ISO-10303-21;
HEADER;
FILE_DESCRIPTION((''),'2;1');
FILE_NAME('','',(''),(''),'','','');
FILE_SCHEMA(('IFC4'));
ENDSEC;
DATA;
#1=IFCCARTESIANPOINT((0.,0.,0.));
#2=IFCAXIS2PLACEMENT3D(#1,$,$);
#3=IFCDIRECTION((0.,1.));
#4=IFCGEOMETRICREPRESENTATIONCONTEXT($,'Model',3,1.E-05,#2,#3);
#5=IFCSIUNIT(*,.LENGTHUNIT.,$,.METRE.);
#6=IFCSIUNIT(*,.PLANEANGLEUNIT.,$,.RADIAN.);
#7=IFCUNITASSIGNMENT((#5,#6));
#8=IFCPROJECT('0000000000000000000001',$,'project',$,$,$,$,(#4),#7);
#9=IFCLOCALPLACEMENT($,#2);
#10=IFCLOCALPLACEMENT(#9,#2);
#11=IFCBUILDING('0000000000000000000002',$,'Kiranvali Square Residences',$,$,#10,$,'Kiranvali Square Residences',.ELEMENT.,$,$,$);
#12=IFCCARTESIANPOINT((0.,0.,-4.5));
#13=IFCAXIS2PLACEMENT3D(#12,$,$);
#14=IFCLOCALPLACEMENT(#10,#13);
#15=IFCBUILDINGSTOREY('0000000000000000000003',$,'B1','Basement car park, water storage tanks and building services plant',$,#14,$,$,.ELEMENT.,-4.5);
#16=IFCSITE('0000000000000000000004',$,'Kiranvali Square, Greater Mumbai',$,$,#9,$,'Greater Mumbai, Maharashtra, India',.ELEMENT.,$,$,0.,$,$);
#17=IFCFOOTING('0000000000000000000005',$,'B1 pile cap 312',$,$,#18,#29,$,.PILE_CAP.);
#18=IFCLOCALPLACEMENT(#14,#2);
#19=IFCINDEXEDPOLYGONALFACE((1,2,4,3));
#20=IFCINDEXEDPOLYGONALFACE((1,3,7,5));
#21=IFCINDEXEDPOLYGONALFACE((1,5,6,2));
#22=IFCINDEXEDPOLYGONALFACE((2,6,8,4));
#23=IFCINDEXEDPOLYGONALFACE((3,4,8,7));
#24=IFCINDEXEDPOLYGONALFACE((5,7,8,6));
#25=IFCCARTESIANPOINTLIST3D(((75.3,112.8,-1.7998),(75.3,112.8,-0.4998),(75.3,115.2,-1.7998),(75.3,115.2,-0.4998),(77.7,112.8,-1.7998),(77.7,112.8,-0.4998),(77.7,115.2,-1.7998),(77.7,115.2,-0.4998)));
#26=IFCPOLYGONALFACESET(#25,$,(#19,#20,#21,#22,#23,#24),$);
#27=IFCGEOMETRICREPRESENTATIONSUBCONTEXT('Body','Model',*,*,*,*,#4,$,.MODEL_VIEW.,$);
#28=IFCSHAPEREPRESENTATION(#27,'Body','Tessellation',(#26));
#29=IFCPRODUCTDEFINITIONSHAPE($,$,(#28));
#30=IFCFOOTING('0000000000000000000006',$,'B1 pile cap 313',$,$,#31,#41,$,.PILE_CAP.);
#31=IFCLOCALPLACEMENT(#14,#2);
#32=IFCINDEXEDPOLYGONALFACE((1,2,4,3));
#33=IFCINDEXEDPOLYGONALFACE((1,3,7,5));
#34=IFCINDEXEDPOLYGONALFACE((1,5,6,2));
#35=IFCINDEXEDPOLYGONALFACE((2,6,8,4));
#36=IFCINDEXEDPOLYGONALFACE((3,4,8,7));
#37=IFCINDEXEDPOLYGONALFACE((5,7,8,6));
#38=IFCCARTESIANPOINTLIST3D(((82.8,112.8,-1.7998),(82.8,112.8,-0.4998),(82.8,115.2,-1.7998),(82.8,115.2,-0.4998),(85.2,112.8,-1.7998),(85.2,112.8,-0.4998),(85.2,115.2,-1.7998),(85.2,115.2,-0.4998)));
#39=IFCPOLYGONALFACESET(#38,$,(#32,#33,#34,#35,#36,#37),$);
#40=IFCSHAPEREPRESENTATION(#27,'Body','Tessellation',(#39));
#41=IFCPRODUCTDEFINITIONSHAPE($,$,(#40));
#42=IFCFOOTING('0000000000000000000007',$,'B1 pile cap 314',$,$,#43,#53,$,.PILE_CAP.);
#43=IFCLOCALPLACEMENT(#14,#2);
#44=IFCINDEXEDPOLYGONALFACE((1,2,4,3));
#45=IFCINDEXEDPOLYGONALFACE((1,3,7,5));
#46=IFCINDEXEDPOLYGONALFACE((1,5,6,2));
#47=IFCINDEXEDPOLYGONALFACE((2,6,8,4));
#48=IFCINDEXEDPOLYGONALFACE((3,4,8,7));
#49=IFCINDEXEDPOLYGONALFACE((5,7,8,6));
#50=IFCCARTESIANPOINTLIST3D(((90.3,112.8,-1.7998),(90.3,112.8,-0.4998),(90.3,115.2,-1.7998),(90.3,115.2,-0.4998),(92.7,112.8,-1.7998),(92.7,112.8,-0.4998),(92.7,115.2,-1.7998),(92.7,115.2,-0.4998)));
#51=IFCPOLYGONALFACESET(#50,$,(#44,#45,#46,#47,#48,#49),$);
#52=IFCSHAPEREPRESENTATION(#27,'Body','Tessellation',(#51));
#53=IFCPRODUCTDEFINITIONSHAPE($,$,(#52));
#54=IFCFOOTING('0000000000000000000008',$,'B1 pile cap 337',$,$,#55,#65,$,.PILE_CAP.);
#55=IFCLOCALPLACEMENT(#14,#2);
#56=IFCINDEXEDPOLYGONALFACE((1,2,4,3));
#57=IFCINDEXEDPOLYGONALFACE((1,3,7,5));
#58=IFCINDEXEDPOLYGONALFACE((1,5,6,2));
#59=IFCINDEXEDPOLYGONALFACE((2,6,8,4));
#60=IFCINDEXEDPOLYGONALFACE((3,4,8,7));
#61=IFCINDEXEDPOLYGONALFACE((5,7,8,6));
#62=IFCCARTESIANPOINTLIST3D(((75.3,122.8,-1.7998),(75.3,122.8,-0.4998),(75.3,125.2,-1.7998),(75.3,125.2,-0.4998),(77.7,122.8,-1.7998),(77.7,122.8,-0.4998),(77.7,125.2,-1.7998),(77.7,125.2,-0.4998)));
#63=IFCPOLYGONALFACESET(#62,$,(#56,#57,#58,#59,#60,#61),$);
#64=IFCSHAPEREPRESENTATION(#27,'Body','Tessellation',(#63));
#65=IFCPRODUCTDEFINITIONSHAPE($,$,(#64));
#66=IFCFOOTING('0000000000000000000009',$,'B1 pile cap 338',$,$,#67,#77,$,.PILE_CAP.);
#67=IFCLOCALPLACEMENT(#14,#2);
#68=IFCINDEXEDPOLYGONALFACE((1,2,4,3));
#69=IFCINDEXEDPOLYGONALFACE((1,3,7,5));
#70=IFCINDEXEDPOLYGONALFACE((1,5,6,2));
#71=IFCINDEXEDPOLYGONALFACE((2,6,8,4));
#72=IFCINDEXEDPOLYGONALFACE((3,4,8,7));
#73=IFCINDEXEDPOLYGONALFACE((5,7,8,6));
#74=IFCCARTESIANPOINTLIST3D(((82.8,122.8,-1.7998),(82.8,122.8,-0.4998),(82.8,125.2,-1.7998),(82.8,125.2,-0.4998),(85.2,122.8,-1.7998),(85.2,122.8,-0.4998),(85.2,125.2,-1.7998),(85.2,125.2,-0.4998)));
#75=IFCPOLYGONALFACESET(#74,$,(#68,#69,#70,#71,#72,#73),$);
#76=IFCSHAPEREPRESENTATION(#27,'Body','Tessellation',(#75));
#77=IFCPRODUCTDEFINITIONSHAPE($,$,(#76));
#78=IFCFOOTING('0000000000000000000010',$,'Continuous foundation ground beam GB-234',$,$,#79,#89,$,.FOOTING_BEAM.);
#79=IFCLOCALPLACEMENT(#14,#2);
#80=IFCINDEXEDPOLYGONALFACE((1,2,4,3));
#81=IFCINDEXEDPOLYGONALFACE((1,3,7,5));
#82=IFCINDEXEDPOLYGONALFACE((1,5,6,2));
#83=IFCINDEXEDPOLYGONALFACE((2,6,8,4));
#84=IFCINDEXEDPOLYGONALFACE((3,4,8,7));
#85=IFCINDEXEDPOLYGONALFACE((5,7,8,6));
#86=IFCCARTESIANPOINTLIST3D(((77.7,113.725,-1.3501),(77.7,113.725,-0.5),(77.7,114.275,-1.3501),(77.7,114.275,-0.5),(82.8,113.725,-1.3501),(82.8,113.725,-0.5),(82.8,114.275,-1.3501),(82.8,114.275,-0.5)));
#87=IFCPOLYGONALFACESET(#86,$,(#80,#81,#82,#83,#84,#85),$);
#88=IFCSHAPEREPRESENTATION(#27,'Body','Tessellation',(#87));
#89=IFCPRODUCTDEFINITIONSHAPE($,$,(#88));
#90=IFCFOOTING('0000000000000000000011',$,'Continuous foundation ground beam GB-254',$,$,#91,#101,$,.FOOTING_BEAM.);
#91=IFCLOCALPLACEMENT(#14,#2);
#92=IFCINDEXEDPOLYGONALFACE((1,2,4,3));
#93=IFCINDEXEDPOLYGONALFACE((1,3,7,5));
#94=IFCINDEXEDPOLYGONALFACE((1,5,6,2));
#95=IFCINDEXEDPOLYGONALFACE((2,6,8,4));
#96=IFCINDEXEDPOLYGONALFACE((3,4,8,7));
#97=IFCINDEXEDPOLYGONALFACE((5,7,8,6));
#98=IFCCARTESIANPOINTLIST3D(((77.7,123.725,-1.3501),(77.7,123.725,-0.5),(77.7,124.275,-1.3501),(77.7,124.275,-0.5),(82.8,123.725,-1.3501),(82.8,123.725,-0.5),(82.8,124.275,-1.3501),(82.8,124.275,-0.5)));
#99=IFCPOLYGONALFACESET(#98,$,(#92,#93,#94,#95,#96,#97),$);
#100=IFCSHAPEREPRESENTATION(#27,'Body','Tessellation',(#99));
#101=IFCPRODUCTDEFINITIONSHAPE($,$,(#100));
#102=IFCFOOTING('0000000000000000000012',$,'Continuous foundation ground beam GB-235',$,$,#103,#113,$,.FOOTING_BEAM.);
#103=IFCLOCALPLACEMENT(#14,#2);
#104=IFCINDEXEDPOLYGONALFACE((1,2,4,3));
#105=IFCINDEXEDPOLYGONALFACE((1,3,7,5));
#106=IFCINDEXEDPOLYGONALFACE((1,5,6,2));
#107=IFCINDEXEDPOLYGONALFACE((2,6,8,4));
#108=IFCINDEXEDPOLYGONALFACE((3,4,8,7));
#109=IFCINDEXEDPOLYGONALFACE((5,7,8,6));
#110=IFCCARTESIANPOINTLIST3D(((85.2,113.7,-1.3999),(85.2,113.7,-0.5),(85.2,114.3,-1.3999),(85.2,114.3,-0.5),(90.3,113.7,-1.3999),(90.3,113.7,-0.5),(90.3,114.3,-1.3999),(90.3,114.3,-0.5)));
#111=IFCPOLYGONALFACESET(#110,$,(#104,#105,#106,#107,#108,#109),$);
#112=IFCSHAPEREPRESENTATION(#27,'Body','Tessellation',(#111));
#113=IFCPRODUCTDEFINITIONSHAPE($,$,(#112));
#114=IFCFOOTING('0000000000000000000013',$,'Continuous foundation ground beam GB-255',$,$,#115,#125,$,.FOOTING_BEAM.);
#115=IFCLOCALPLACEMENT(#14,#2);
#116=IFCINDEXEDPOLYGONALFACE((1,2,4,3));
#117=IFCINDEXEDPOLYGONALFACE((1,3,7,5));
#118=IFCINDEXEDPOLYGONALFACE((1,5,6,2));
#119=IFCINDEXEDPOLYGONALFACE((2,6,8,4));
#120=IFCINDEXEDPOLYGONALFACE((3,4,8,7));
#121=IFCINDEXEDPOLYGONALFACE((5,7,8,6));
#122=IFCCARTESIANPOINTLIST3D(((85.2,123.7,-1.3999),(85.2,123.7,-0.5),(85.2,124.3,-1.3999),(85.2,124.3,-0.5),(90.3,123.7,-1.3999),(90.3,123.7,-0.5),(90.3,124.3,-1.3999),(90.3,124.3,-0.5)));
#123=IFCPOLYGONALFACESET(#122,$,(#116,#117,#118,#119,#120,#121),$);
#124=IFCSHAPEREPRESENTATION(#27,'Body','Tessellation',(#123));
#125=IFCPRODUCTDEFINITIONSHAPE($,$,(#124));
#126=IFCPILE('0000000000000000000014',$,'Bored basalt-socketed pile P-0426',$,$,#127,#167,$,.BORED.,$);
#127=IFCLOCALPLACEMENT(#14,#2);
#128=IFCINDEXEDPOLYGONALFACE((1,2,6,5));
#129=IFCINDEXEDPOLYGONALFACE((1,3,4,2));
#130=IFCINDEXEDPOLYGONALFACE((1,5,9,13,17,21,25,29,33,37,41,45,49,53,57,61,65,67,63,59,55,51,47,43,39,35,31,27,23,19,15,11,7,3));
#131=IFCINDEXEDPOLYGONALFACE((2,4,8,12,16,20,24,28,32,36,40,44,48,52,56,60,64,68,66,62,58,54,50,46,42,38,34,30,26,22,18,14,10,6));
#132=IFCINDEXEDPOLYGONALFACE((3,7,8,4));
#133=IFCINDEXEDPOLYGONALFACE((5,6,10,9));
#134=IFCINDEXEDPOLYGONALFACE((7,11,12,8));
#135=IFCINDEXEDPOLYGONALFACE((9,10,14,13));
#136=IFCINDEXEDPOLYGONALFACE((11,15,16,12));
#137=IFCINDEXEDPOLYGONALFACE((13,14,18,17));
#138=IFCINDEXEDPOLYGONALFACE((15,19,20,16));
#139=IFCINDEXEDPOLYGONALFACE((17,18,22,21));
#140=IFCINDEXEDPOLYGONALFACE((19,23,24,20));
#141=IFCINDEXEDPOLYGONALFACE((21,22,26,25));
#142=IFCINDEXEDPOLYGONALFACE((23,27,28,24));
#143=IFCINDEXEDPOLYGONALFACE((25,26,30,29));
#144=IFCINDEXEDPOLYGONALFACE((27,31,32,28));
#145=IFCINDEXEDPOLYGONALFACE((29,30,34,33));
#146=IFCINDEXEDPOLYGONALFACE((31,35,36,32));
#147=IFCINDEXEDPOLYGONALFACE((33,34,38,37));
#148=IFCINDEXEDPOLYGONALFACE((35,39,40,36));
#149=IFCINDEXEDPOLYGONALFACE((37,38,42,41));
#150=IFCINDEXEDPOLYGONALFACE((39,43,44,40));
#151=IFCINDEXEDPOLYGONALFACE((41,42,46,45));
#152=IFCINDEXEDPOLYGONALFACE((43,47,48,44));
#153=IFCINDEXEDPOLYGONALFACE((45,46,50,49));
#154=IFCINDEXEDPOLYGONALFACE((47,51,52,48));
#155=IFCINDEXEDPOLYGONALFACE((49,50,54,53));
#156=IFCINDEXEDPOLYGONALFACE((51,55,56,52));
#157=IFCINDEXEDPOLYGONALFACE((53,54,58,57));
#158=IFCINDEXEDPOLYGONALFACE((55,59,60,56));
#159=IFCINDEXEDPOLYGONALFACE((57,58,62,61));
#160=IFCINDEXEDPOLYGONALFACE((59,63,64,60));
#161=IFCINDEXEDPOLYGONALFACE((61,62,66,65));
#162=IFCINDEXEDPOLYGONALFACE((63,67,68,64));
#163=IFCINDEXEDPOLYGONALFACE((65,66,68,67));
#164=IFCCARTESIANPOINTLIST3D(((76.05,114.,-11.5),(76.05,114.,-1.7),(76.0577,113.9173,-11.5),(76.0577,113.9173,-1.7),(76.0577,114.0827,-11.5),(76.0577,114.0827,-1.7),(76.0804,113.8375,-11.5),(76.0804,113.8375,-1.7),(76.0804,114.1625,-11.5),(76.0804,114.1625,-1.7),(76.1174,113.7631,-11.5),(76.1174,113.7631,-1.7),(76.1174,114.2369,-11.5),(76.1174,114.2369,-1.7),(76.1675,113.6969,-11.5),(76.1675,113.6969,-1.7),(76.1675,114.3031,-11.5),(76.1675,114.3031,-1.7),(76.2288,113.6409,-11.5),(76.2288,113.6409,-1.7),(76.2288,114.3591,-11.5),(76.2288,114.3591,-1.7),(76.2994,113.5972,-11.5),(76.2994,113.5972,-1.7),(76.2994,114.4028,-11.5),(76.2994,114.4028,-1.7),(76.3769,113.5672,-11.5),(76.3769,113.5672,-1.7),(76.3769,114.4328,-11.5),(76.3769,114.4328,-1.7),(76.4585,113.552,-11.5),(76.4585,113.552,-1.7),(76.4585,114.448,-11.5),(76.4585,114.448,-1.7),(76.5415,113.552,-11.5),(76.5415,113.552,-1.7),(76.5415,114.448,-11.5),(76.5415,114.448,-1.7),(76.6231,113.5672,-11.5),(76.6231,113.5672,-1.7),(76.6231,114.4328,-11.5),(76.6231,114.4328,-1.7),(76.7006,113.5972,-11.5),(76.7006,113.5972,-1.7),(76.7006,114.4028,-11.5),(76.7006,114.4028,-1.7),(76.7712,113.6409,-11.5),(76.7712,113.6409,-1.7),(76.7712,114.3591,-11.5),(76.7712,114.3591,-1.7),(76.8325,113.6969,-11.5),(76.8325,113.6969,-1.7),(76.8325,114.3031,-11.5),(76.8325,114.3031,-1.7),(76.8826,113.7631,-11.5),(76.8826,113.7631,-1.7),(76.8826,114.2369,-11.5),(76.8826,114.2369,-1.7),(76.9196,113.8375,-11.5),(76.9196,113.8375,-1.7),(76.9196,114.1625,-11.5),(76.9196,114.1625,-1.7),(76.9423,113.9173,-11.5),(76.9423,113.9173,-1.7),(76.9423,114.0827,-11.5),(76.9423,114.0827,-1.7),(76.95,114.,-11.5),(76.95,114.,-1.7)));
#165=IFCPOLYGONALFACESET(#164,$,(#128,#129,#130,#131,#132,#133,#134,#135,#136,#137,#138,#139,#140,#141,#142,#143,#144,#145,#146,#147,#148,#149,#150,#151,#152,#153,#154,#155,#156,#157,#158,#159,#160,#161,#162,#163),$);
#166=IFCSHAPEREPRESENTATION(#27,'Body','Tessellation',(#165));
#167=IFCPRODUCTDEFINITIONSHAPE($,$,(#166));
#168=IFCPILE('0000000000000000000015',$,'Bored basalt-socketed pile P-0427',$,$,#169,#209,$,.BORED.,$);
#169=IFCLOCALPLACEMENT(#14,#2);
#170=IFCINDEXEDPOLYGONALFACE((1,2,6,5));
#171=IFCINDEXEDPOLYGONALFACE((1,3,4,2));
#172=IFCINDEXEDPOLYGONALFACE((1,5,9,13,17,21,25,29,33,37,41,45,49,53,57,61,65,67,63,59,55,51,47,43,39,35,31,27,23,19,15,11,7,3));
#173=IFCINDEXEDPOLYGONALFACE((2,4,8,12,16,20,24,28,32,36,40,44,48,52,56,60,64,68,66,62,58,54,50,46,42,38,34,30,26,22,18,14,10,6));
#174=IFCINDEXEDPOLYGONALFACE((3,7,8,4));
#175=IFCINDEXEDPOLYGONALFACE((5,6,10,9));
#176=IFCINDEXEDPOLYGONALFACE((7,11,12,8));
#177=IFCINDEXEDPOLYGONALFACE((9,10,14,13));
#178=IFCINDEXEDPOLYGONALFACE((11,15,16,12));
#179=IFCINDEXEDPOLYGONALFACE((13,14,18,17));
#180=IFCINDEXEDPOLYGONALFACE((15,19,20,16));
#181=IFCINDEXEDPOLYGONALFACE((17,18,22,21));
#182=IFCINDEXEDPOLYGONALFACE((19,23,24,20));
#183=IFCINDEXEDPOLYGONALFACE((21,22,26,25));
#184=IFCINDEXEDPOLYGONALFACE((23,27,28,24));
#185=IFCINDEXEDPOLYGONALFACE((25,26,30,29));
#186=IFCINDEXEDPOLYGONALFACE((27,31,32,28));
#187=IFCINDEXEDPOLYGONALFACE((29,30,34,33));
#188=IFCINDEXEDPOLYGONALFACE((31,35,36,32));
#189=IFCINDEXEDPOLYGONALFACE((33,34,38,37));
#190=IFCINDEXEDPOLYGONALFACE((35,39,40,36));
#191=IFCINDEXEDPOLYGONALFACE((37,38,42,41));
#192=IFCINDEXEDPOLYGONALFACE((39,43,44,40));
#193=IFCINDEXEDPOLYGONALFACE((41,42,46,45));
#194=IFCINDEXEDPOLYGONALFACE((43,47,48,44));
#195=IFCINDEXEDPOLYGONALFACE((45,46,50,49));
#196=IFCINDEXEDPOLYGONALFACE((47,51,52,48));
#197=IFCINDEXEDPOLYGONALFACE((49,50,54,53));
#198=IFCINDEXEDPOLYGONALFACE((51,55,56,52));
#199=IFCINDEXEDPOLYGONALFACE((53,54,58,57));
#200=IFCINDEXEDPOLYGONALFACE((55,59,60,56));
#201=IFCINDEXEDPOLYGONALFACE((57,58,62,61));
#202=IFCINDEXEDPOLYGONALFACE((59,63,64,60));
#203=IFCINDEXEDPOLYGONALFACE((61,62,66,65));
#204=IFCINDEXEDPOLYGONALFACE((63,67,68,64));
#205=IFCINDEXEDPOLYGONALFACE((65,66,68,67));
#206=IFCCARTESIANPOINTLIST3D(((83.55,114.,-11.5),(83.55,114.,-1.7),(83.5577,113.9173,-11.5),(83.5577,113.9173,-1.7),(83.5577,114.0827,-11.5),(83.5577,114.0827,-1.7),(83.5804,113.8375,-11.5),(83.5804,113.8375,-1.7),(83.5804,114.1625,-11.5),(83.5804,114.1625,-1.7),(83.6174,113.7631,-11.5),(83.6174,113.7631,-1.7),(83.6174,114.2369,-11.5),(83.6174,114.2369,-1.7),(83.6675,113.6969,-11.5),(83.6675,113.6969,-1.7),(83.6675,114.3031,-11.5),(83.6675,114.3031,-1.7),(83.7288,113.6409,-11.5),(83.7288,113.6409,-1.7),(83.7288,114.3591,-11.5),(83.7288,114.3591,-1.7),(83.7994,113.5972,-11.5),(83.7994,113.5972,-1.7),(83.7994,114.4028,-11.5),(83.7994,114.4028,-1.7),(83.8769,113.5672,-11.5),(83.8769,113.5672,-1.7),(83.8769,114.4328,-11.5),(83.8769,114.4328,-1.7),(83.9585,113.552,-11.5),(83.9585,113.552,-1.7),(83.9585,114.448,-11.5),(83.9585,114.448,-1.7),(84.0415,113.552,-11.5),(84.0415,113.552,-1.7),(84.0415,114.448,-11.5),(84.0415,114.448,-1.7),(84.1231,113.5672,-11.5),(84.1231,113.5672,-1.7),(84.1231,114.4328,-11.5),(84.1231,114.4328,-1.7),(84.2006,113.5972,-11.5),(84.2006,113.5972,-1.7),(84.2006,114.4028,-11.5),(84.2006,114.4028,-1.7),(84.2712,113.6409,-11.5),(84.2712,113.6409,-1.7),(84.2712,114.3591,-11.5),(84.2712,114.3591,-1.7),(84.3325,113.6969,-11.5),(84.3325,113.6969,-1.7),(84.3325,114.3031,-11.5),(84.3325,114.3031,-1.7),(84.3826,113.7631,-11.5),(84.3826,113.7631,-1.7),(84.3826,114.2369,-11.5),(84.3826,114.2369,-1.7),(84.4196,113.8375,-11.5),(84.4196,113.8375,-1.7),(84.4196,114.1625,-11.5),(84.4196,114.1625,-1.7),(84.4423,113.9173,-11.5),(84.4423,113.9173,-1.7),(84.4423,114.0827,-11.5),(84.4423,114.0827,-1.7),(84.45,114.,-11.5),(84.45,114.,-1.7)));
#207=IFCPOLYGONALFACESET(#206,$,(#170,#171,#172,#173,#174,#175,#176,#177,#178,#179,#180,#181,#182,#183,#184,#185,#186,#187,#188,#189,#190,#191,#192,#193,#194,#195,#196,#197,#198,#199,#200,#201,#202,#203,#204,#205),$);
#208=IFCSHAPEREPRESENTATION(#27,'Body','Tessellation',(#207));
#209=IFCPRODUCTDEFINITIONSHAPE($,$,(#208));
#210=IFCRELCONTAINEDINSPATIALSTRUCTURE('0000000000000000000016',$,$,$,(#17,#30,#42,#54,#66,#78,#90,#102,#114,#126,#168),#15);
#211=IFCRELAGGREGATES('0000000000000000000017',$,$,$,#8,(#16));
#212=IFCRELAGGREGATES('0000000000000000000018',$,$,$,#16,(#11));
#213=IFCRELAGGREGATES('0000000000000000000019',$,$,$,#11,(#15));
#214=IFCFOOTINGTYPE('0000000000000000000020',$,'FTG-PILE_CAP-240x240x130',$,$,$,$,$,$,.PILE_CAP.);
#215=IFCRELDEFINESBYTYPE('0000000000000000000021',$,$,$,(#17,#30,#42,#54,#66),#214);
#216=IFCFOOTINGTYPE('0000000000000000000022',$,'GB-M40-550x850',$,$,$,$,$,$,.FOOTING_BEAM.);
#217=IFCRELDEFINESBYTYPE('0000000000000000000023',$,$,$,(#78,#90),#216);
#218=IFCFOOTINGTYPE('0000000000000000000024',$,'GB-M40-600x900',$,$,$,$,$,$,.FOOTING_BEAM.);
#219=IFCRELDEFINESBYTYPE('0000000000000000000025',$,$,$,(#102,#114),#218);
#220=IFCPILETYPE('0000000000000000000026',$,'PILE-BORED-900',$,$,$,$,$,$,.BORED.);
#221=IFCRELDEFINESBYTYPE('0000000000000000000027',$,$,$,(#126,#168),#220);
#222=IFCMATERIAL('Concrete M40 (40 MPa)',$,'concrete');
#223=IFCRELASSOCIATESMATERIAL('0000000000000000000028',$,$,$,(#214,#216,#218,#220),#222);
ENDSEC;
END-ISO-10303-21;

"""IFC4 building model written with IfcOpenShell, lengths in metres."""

from ifc_helpers import new_model, si_unit, direction, frame, origin, origin_2d, place, context, subcontext, project, spatial, rectangle, circle, extrude, material, material_profile, profile_set, type_object, element, save


model = new_model("IFC4")

# Units and contexts
model_context = context("Model", 3, precision=1e-05, world=origin(), true_north=direction((0.0, 1.0)))
body_context = subcontext(model_context, "Body", "Model", "MODEL_VIEW")
ifc_project = project(units=[si_unit("LENGTHUNIT", "METRE"), si_unit("PLANEANGLEUNIT", "RADIAN")], contexts=[model_context])

# Site, building, storey
site_placement = place(None, origin())
site = spatial("IfcSite", under=ifc_project, at=site_placement, Name="Kiranvali Square, Greater Mumbai", LongName="Greater Mumbai, Maharashtra, India", CompositionType="ELEMENT", RefElevation=0.0)
building_placement = place(site_placement, origin())
building = spatial("IfcBuilding", under=site, at=building_placement, Name="Kiranvali Square Residences", LongName="Kiranvali Square Residences", CompositionType="ELEMENT")
storey_placement = place(building_placement, frame((0.0, 0.0, -4.5)))
storey = spatial("IfcBuildingStorey", under=building, at=storey_placement, Name="B1", Description="Basement car park, water storage tanks and building services plant", CompositionType="ELEMENT", Elevation=-4.5)

# Footings
ifc_material_1 = material(Name="Concrete M40 (40 MPa)", Category="concrete")
footing_type_1 = type_object("IfcFootingType", Name="FTG-PILE_CAP-240x240x130", PredefinedType="PILE_CAP", material=ifc_material_1)
for number, where, z_axis, x_axis, name in (
    (1, (76.5, 114.0, -1.7998), (0.0, 0.0, 1.0), (1.0, 0.0, 0.0), "B1 pile cap 312"),
    (2, (84.0, 114.0, -1.7998), (0.0, 0.0, 1.0), (1.0, 0.0, 0.0), "B1 pile cap 313"),
    (3, (91.5, 114.0, -1.7998), (0.0, 0.0, 1.0), (1.0, 0.0, 0.0), "B1 pile cap 314"),
    (4, (76.5, 124.0, -1.7998), (0.0, 0.0, 1.0), (1.0, 0.0, 0.0), "B1 pile cap 337"),
    (5, (84.0, 124.0, -1.7998), (0.0, 0.0, 1.0), (1.0, 0.0, 0.0), "B1 pile cap 338"),
):
    element("IfcFooting", number, at=place(storey_placement, frame(where, z_axis=z_axis, x_axis=x_axis)), inside=storey, type_object=footing_type_1, Name=name, PredefinedType="PILE_CAP", context=body_context, shape_type="SweptSolid", body=[
        extrude(rectangle(XDim=2.3999, YDim=2.3999, at=origin_2d()), origin(), (0.0, 0.0, 1.0), 1.3),
    ])
ifc_material_profile_1 = material_profile(ifc_material_1, rectangle(XDim=0.55, YDim=0.8501, at=origin_2d()), Name="GB 550x850")
ifc_profile_set_1 = profile_set([ifc_material_profile_1], Name="Concrete M40 (40 MPa)")
footing_type_2 = type_object("IfcFootingType", Name="GB-M40-550x850", PredefinedType="FOOTING_BEAM", material=ifc_profile_set_1)
for number, where, z_axis, x_axis, name in (
    (6, (77.7, 114.0, -0.925), (1.0, 0.0, 0.0), (0.0, 1.0, 0.0), "Continuous foundation ground beam GB-234"),
    (7, (77.7, 124.0, -0.925), (1.0, 0.0, 0.0), (0.0, 1.0, 0.0), "Continuous foundation ground beam GB-254"),
):
    element("IfcFooting", number, at=place(storey_placement, frame(where, z_axis=z_axis, x_axis=x_axis)), inside=storey, type_object=footing_type_2, Name=name, PredefinedType="FOOTING_BEAM", context=body_context, shape_type="SweptSolid", body=[
        extrude(rectangle(XDim=0.55, YDim=0.8501, at=origin_2d()), origin(), (0.0, 0.0, 1.0), 5.1001),
    ])
ifc_material_profile_2 = material_profile(ifc_material_1, rectangle(XDim=0.6001, YDim=0.8999, at=origin_2d()), Name="GB 600x900")
ifc_profile_set_2 = profile_set([ifc_material_profile_2], Name="Concrete M40 (40 MPa)")
footing_type_3 = type_object("IfcFootingType", Name="GB-M40-600x900", PredefinedType="FOOTING_BEAM", material=ifc_profile_set_2)
for number, where, z_axis, x_axis, name in (
    (8, (85.2, 114.0, -0.95), (1.0, 0.0, 0.0), (0.0, 1.0, 0.0), "Continuous foundation ground beam GB-235"),
    (9, (85.2, 124.0, -0.95), (1.0, 0.0, 0.0), (0.0, 1.0, 0.0), "Continuous foundation ground beam GB-255"),
):
    element("IfcFooting", number, at=place(storey_placement, frame(where, z_axis=z_axis, x_axis=x_axis)), inside=storey, type_object=footing_type_3, Name=name, PredefinedType="FOOTING_BEAM", context=body_context, shape_type="SweptSolid", body=[
        extrude(rectangle(XDim=0.6001, YDim=0.8999, at=origin_2d()), origin(), (0.0, 0.0, 1.0), 5.1001),
    ])

# Piles
ifc_material_profile_3 = material_profile(ifc_material_1, circle(Radius=0.45, at=origin_2d()), Name="BORED PILE 900")
ifc_profile_set_3 = profile_set([ifc_material_profile_3], Name="Concrete M40 (40 MPa)")
pile_type = type_object("IfcPileType", Name="PILE-BORED-900", PredefinedType="BORED", material=ifc_profile_set_3)
for number, where, z_axis, x_axis, name in (
    (10, (76.5, 114.0, -1.7), (0.0, 0.0, -1.0), (1.0, 0.0, 0.0), "Bored basalt-socketed pile P-0426"),
    (11, (84.0, 114.0, -1.7), (0.0, 0.0, -1.0), (1.0, 0.0, 0.0), "Bored basalt-socketed pile P-0427"),
):
    element("IfcPile", number, at=place(storey_placement, frame(where, z_axis=z_axis, x_axis=x_axis)), inside=storey, type_object=pile_type, Name=name, PredefinedType="BORED", context=body_context, shape_type="SweptSolid", body=[
        extrude(circle(Radius=0.45, at=origin_2d()), origin(), (0.0, 0.0, 1.0), 9.8),
    ])

save(model, "model.ifc")
